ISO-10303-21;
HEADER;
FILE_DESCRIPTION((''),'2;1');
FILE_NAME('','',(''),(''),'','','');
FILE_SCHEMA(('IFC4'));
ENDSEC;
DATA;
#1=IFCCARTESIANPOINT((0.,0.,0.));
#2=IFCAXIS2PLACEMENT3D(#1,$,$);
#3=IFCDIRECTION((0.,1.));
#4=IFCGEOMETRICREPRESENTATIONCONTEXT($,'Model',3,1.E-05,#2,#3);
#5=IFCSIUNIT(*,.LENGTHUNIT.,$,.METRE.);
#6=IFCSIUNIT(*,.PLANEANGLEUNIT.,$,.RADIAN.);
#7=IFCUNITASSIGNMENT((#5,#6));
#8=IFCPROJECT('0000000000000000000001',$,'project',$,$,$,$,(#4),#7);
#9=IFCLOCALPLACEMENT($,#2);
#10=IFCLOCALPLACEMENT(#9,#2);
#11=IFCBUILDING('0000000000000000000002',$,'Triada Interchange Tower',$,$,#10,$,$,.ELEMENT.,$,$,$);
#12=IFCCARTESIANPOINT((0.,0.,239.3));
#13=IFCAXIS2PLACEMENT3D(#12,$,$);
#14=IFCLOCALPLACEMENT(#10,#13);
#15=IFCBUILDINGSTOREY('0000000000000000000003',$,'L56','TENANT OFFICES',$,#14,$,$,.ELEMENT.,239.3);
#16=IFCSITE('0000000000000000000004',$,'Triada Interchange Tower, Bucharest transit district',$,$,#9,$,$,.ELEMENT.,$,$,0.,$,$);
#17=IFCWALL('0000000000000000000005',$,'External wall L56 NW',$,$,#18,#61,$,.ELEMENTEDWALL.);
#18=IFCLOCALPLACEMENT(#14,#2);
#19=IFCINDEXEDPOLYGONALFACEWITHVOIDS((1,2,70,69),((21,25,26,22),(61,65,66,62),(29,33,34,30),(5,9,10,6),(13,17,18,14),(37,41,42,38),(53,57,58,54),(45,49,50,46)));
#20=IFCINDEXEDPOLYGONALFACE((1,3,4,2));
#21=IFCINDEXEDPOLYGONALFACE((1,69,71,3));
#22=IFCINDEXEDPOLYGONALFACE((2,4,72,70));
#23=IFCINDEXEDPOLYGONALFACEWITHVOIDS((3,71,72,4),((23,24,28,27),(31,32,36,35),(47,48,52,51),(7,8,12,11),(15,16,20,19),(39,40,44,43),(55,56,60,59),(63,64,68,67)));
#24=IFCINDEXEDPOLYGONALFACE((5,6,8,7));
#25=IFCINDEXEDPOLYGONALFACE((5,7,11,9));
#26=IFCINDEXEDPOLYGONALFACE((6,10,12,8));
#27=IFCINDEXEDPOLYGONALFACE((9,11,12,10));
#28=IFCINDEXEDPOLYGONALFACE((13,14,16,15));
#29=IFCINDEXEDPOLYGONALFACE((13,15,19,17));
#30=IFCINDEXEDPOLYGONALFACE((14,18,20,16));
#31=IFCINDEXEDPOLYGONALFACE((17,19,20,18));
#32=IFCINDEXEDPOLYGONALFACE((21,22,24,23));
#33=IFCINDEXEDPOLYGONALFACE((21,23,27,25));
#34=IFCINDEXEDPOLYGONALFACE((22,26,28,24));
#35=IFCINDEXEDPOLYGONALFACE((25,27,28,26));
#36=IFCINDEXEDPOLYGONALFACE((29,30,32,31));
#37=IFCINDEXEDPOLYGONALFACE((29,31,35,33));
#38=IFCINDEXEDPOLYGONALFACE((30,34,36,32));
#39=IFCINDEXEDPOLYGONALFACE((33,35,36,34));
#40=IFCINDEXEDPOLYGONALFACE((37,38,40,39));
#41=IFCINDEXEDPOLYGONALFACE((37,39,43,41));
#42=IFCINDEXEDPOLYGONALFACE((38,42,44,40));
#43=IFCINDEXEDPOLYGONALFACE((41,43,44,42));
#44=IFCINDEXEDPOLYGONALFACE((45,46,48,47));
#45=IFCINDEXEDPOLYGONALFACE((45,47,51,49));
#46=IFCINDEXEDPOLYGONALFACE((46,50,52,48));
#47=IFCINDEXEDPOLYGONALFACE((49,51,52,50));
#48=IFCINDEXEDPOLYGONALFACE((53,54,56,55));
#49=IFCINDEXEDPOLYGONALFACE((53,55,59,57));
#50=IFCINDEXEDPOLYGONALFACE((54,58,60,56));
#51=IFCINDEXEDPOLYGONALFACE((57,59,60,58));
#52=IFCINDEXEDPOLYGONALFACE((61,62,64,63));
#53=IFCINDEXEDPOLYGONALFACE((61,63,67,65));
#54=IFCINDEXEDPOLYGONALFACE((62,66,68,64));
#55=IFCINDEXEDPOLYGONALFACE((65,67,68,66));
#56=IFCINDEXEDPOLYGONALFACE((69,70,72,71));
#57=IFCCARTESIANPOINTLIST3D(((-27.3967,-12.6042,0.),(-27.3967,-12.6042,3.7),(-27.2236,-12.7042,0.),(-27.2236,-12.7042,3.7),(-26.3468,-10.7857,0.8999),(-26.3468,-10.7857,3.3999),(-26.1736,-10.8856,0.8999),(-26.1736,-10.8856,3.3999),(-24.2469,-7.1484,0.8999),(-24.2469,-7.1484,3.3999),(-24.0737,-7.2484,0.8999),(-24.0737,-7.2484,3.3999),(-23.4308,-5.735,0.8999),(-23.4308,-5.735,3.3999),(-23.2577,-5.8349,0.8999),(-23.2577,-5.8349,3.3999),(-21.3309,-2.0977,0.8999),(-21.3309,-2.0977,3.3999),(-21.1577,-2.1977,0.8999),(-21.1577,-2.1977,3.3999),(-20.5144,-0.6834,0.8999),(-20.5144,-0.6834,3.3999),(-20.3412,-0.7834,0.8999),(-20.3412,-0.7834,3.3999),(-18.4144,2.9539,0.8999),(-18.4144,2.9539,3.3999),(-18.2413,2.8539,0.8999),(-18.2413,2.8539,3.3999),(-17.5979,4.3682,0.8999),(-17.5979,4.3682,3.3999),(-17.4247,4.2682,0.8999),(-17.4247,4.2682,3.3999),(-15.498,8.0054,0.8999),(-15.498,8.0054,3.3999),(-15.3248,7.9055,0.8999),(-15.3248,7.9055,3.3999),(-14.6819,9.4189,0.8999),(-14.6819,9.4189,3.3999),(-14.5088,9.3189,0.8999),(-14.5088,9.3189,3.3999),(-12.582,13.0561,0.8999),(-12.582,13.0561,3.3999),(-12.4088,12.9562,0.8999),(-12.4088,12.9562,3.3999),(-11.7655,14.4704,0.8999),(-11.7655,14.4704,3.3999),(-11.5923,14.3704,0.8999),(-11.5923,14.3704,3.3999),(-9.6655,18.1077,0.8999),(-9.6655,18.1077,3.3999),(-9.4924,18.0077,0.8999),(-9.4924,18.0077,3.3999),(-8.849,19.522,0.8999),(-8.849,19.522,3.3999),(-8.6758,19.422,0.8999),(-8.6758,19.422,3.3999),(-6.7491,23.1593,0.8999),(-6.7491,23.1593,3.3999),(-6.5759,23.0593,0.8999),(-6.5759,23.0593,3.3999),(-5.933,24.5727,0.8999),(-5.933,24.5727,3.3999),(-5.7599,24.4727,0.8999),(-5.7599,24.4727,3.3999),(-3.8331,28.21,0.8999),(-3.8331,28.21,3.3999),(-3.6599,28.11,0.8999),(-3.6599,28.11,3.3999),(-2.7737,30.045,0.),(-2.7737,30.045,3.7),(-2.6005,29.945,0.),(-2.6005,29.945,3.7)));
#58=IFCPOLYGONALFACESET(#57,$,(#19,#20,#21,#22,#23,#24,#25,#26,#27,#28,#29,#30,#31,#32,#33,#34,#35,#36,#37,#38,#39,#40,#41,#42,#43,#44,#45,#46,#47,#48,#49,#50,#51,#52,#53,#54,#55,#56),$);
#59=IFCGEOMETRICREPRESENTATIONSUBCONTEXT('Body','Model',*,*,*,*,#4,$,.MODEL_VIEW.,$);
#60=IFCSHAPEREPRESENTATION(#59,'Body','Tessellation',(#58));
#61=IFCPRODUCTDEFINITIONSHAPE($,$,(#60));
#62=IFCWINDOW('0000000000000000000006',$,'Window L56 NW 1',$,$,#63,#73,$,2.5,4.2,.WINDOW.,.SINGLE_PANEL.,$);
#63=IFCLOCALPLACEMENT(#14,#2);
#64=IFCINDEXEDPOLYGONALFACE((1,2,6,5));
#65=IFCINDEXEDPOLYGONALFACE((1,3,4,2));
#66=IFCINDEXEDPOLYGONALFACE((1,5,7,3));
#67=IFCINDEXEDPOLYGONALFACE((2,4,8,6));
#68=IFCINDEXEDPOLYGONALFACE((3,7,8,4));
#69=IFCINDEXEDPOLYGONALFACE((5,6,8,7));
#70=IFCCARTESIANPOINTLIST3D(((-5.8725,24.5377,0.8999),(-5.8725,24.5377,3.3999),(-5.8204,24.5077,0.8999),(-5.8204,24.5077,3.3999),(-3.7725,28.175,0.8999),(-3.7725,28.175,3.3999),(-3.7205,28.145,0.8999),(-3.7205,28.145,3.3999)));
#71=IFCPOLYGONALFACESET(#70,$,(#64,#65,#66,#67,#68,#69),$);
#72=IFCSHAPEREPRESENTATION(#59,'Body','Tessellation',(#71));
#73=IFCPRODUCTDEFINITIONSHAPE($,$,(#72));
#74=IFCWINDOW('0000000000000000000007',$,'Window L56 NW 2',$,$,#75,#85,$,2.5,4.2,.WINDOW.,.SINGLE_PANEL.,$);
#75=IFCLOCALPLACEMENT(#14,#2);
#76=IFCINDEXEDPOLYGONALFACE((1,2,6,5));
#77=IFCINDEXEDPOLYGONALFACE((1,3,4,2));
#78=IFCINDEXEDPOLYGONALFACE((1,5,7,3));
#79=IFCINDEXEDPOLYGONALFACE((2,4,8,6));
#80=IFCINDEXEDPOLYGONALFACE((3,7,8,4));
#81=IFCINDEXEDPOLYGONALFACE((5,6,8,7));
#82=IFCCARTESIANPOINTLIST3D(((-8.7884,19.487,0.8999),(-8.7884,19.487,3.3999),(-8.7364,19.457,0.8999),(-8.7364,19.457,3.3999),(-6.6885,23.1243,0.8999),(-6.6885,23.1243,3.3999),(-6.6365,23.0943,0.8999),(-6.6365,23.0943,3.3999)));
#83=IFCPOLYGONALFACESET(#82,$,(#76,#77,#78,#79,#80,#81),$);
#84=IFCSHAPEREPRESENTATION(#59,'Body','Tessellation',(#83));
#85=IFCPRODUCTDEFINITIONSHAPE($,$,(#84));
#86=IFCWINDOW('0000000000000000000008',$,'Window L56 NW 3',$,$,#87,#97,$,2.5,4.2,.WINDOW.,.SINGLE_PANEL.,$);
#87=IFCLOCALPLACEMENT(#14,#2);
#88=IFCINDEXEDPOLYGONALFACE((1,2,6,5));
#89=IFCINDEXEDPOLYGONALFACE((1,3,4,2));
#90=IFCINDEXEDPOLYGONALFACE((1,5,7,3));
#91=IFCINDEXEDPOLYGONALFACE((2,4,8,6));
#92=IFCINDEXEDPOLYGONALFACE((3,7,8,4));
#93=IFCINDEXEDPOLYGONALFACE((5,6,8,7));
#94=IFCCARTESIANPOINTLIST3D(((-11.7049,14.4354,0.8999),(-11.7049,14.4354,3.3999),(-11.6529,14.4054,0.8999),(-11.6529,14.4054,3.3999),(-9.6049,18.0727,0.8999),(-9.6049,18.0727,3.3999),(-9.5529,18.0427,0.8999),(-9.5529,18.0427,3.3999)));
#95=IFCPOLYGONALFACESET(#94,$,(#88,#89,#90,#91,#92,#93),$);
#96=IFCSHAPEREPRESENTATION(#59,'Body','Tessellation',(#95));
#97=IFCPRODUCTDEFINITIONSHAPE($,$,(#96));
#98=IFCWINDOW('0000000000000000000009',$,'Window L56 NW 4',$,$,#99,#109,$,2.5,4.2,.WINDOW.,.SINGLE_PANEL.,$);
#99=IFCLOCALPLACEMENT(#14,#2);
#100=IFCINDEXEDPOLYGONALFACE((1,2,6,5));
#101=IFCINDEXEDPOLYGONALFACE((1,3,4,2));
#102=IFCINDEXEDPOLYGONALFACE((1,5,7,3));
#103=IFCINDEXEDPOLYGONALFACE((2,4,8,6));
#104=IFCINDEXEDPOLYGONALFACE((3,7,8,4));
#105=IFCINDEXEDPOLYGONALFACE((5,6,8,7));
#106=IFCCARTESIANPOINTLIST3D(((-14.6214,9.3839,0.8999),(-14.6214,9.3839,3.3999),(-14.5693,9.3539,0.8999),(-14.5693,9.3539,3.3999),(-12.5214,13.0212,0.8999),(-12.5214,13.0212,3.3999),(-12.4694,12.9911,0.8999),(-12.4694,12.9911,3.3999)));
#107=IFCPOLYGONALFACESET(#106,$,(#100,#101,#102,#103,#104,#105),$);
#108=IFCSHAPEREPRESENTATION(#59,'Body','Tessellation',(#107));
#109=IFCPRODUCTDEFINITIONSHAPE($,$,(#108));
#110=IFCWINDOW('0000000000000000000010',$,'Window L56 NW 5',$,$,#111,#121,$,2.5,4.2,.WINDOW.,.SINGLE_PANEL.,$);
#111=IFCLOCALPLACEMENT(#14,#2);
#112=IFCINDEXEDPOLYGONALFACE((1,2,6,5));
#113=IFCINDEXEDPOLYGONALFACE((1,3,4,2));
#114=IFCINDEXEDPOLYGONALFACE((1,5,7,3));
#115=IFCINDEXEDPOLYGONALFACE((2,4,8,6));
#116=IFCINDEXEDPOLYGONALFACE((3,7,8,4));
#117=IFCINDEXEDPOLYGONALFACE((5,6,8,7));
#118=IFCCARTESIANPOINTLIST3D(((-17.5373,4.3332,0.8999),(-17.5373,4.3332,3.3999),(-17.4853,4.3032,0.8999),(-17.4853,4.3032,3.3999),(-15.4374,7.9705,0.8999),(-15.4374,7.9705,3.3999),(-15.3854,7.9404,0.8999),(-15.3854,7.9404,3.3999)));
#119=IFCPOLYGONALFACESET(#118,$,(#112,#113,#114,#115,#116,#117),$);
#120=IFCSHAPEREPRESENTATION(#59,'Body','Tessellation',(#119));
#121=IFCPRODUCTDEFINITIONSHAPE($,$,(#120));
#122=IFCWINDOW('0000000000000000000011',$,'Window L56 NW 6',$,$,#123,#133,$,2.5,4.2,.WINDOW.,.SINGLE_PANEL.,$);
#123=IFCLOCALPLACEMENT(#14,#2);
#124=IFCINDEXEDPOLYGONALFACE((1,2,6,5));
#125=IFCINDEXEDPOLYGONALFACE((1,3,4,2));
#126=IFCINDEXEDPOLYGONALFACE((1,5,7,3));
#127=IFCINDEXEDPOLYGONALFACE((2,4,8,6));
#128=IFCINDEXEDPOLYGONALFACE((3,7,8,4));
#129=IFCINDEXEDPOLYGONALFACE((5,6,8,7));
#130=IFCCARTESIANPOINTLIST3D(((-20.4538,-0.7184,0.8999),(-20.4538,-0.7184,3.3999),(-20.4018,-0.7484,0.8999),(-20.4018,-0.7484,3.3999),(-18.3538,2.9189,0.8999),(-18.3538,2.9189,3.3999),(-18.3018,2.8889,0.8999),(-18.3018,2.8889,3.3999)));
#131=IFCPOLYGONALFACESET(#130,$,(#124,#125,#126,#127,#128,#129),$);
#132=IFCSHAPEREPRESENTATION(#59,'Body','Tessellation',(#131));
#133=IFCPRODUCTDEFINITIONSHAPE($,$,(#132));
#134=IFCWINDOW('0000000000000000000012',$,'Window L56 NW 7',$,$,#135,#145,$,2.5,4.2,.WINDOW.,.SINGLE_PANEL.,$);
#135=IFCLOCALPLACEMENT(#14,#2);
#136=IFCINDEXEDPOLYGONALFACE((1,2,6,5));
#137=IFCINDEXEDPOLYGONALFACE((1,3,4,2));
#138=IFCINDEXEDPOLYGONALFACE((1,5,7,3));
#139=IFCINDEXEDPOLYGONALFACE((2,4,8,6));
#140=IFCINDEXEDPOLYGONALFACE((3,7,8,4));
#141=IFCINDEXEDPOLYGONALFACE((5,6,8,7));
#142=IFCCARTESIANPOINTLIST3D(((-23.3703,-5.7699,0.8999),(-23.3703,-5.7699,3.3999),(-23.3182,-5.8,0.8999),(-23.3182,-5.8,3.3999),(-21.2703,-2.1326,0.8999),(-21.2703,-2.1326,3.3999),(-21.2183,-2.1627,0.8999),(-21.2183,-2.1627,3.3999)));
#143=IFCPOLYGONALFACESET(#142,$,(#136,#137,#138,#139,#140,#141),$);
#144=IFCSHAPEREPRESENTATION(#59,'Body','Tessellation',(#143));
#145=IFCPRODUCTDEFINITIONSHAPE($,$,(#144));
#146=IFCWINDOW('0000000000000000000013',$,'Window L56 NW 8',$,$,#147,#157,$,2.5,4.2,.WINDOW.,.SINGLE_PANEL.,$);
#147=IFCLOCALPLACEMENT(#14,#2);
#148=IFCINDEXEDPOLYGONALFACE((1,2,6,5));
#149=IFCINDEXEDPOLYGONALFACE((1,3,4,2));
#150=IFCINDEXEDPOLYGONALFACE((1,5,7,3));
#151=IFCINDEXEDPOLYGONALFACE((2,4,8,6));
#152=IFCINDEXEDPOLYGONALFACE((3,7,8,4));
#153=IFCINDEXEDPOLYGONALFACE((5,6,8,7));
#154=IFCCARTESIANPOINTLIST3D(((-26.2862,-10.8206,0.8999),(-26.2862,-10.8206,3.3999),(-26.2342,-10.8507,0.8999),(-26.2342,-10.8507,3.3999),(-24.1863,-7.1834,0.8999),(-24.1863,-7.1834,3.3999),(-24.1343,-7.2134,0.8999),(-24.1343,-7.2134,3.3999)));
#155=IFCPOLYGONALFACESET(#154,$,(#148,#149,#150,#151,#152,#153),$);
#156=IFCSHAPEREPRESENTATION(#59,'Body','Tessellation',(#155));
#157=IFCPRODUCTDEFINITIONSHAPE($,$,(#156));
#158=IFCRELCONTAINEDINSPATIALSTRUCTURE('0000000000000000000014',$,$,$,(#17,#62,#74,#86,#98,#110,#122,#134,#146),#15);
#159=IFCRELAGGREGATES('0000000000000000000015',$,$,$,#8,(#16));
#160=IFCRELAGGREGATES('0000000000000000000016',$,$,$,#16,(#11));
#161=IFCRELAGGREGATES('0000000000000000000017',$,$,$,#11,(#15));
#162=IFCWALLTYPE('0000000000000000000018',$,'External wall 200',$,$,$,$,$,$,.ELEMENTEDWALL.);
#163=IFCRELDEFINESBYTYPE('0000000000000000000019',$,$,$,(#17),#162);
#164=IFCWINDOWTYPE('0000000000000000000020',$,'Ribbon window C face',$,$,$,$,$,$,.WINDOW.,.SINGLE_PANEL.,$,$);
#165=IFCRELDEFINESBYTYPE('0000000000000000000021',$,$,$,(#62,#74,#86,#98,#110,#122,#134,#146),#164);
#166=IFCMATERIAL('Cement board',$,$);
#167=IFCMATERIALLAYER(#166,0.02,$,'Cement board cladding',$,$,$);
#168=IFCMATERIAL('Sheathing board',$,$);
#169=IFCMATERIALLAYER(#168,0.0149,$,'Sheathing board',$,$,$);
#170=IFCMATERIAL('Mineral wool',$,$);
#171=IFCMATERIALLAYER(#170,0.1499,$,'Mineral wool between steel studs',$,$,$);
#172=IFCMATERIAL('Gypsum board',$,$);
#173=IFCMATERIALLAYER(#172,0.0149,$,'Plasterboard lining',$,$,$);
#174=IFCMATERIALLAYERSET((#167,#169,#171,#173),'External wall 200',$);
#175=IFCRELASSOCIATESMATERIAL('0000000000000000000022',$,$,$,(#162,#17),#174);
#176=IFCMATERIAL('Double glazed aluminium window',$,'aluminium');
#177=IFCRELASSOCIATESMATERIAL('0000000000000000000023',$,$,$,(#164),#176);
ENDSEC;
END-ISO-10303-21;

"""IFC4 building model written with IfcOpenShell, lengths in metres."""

from ifc_helpers import new_model, si_unit, direction, frame, frame_2d, origin, place, context, subcontext, project, spatial, rectangle, extrude, material, layer, layer_set, layer_usage, type_object, element, fill, save


model = new_model("IFC4")

# Units and contexts
model_context = context("Model", 3, precision=1e-05, world=origin(), true_north=direction((0.0, 1.0)))
body_context = subcontext(model_context, "Body", "Model", "MODEL_VIEW")
ifc_project = project(units=[si_unit("LENGTHUNIT", "METRE"), si_unit("PLANEANGLEUNIT", "RADIAN")], contexts=[model_context])

# Site, building, storey
site_placement = place(None, origin())
site = spatial("IfcSite", under=ifc_project, at=site_placement, Name="Triada Interchange Tower, Bucharest transit district", CompositionType="ELEMENT", RefElevation=0.0)
building_placement = place(site_placement, origin())
building = spatial("IfcBuilding", under=site, at=building_placement, Name="Triada Interchange Tower", CompositionType="ELEMENT")
storey_placement = place(building_placement, frame((0.0, 0.0, 239.3)))
storey = spatial("IfcBuildingStorey", under=building, at=storey_placement, Name="L56", Description="TENANT OFFICES", CompositionType="ELEMENT", Elevation=239.3)

# Wall, openings, windows
ifc_material_1 = material(Name="Cement board")
ifc_layer_1 = layer(ifc_material_1, 0.02, Name="Cement board cladding")
ifc_material_2 = material(Name="Sheathing board")
ifc_layer_2 = layer(ifc_material_2, 0.0149, Name="Sheathing board")
ifc_material_3 = material(Name="Mineral wool")
ifc_layer_3 = layer(ifc_material_3, 0.1499, Name="Mineral wool between steel studs")
ifc_material_4 = material(Name="Gypsum board")
ifc_layer_4 = layer(ifc_material_4, 0.0149, Name="Plasterboard lining")
ifc_layer_set_1 = layer_set([ifc_layer_1, ifc_layer_2, ifc_layer_3, ifc_layer_4], Name="External wall 200")
ifc_layer_usage = layer_usage(ifc_layer_set_1, "AXIS2", "POSITIVE", -0.1001)
wall_type_1 = type_object("IfcWallType", Name="External wall 200", PredefinedType="ELEMENTEDWALL", material=ifc_layer_set_1)
wall_1_placement = place(storey_placement, frame((-2.687, 29.9951, 0.0), z_axis=(0.0, 0.0, 1.0), x_axis=(-0.499993, -0.866029, 0.0)))
wall_1 = element("IfcWall", 1, at=wall_1_placement, inside=storey, type_object=wall_type_1, material=ifc_layer_usage, Name="External wall L56 NW", PredefinedType="ELEMENTEDWALL", context=body_context, shape_type="SweptSolid", body=[
    extrude(rectangle(XDim=49.2468, YDim=0.2, at=frame_2d((24.6235, 0.0))), origin(), (0.0, 0.0, 1.0), 3.7),
])
opening_1_placement = place(wall_1_placement, frame((2.1189, 0.0, 0.8999)))
opening_1 = element("IfcOpeningElement", 2, at=opening_1_placement, cuts=wall_1, PredefinedType="OPENING", context=body_context, shape_type="SweptSolid", body=[
    extrude(rectangle(XDim=4.2, YDim=2.5, at=frame_2d((2.1001, 1.25))), frame((0.0, 0.1099, 0.0), z_axis=(0.0, -1.0, 0.0), x_axis=(1.0, 0.0, 0.0)), (0.0, 0.0, 1.0), 0.22),
])
opening_2_placement = place(wall_1_placement, frame((7.9509, 0.0, 0.8999)))
opening_2 = element("IfcOpeningElement", 3, at=opening_2_placement, cuts=wall_1, PredefinedType="OPENING", context=body_context, shape_type="SweptSolid", body=[
    extrude(rectangle(XDim=4.2, YDim=2.5, at=frame_2d((2.1001, 1.25))), frame((0.0, 0.1099, 0.0), z_axis=(0.0, -1.0, 0.0), x_axis=(1.0, 0.0, 0.0)), (0.0, 0.0, 1.0), 0.22),
])
opening_3_placement = place(wall_1_placement, frame((13.7839, 0.0, 0.8999)))
opening_3 = element("IfcOpeningElement", 4, at=opening_3_placement, cuts=wall_1, PredefinedType="OPENING", context=body_context, shape_type="SweptSolid", body=[
    extrude(rectangle(XDim=4.2, YDim=2.5, at=frame_2d((2.1001, 1.25))), frame((0.0, 0.1099, 0.0), z_axis=(0.0, -1.0, 0.0), x_axis=(1.0, 0.0, 0.0)), (0.0, 0.0, 1.0), 0.22),
])
opening_4_placement = place(wall_1_placement, frame((19.6169, 0.0, 0.8999)))
opening_4 = element("IfcOpeningElement", 5, at=opening_4_placement, cuts=wall_1, PredefinedType="OPENING", context=body_context, shape_type="SweptSolid", body=[
    extrude(rectangle(XDim=4.2, YDim=2.5, at=frame_2d((2.1001, 1.25))), frame((0.0, 0.1099, 0.0), z_axis=(0.0, -1.0, 0.0), x_axis=(1.0, 0.0, 0.0)), (0.0, 0.0, 1.0), 0.22),
])
opening_5_placement = place(wall_1_placement, frame((25.449, 0.0, 0.8999)))
opening_5 = element("IfcOpeningElement", 6, at=opening_5_placement, cuts=wall_1, PredefinedType="OPENING", context=body_context, shape_type="SweptSolid", body=[
    extrude(rectangle(XDim=4.2, YDim=2.5, at=frame_2d((2.1001, 1.25))), frame((0.0, 0.1099, 0.0), z_axis=(0.0, -1.0, 0.0), x_axis=(1.0, 0.0, 0.0)), (0.0, 0.0, 1.0), 0.22),
])
opening_6_placement = place(wall_1_placement, frame((31.282, 0.0, 0.8999)))
opening_6 = element("IfcOpeningElement", 7, at=opening_6_placement, cuts=wall_1, PredefinedType="OPENING", context=body_context, shape_type="SweptSolid", body=[
    extrude(rectangle(XDim=4.2, YDim=2.5, at=frame_2d((2.1001, 1.25))), frame((0.0, 0.1099, 0.0), z_axis=(0.0, -1.0, 0.0), x_axis=(1.0, 0.0, 0.0)), (0.0, 0.0, 1.0), 0.22),
])
opening_7_placement = place(wall_1_placement, frame((37.115, 0.0, 0.8999)))
opening_7 = element("IfcOpeningElement", 8, at=opening_7_placement, cuts=wall_1, PredefinedType="OPENING", context=body_context, shape_type="SweptSolid", body=[
    extrude(rectangle(XDim=4.2, YDim=2.5, at=frame_2d((2.1001, 1.25))), frame((0.0, 0.1099, 0.0), z_axis=(0.0, -1.0, 0.0), x_axis=(1.0, 0.0, 0.0)), (0.0, 0.0, 1.0), 0.22),
])
opening_8_placement = place(wall_1_placement, frame((42.947, 0.0, 0.8999)))
opening_8 = element("IfcOpeningElement", 9, at=opening_8_placement, cuts=wall_1, PredefinedType="OPENING", context=body_context, shape_type="SweptSolid", body=[
    extrude(rectangle(XDim=4.2, YDim=2.5, at=frame_2d((2.1001, 1.25))), frame((0.0, 0.1099, 0.0), z_axis=(0.0, -1.0, 0.0), x_axis=(1.0, 0.0, 0.0)), (0.0, 0.0, 1.0), 0.22),
])
ifc_material_5 = material(Name="Double glazed aluminium window", Category="aluminium")
window_type = type_object("IfcWindowType", Name="Ribbon window C face", PartitioningType="SINGLE_PANEL", PredefinedType="WINDOW", material=ifc_material_5)
window_1_placement = place(opening_1_placement, origin())
window_1 = element("IfcWindow", 10, at=window_1_placement, inside=storey, type_object=window_type, Name="Window L56 NW 1", OverallHeight=2.5, OverallWidth=4.2, PartitioningType="SINGLE_PANEL", PredefinedType="WINDOW", context=body_context, shape_type="SweptSolid", body=[
    extrude(rectangle(XDim=4.2, YDim=2.5, at=frame_2d((2.1001, 1.25))), frame((0.0, 0.03, 0.0), z_axis=(0.0, -1.0, 0.0), x_axis=(1.0, 0.0, 0.0)), (0.0, 0.0, 1.0), 0.0601),
])
fill(opening_1, window_1)
window_2_placement = place(opening_2_placement, origin())
window_2 = element("IfcWindow", 11, at=window_2_placement, inside=storey, type_object=window_type, Name="Window L56 NW 2", OverallHeight=2.5, OverallWidth=4.2, PartitioningType="SINGLE_PANEL", PredefinedType="WINDOW", context=body_context, shape_type="SweptSolid", body=[
    extrude(rectangle(XDim=4.2, YDim=2.5, at=frame_2d((2.1001, 1.25))), frame((0.0, 0.03, 0.0), z_axis=(0.0, -1.0, 0.0), x_axis=(1.0, 0.0, 0.0)), (0.0, 0.0, 1.0), 0.0601),
])
fill(opening_2, window_2)
window_3_placement = place(opening_3_placement, origin())
window_3 = element("IfcWindow", 12, at=window_3_placement, inside=storey, type_object=window_type, Name="Window L56 NW 3", OverallHeight=2.5, OverallWidth=4.2, PartitioningType="SINGLE_PANEL", PredefinedType="WINDOW", context=body_context, shape_type="SweptSolid", body=[
    extrude(rectangle(XDim=4.2, YDim=2.5, at=frame_2d((2.1001, 1.25))), frame((0.0, 0.03, 0.0), z_axis=(0.0, -1.0, 0.0), x_axis=(1.0, 0.0, 0.0)), (0.0, 0.0, 1.0), 0.0601),
])
fill(opening_3, window_3)
window_4_placement = place(opening_4_placement, origin())
window_4 = element("IfcWindow", 13, at=window_4_placement, inside=storey, type_object=window_type, Name="Window L56 NW 4", OverallHeight=2.5, OverallWidth=4.2, PartitioningType="SINGLE_PANEL", PredefinedType="WINDOW", context=body_context, shape_type="SweptSolid", body=[
    extrude(rectangle(XDim=4.2, YDim=2.5, at=frame_2d((2.1001, 1.25))), frame((0.0, 0.03, 0.0), z_axis=(0.0, -1.0, 0.0), x_axis=(1.0, 0.0, 0.0)), (0.0, 0.0, 1.0), 0.0601),
])
fill(opening_4, window_4)
window_5_placement = place(opening_5_placement, origin())
window_5 = element("IfcWindow", 14, at=window_5_placement, inside=storey, type_object=window_type, Name="Window L56 NW 5", OverallHeight=2.5, OverallWidth=4.2, PartitioningType="SINGLE_PANEL", PredefinedType="WINDOW", context=body_context, shape_type="SweptSolid", body=[
    extrude(rectangle(XDim=4.2, YDim=2.5, at=frame_2d((2.1001, 1.25))), frame((0.0, 0.03, 0.0), z_axis=(0.0, -1.0, 0.0), x_axis=(1.0, 0.0, 0.0)), (0.0, 0.0, 1.0), 0.0601),
])
fill(opening_5, window_5)
window_6_placement = place(opening_6_placement, origin())
window_6 = element("IfcWindow", 15, at=window_6_placement, inside=storey, type_object=window_type, Name="Window L56 NW 6", OverallHeight=2.5, OverallWidth=4.2, PartitioningType="SINGLE_PANEL", PredefinedType="WINDOW", context=body_context, shape_type="SweptSolid", body=[
    extrude(rectangle(XDim=4.2, YDim=2.5, at=frame_2d((2.1001, 1.25))), frame((0.0, 0.03, 0.0), z_axis=(0.0, -1.0, 0.0), x_axis=(1.0, 0.0, 0.0)), (0.0, 0.0, 1.0), 0.0601),
])
fill(opening_6, window_6)
window_7_placement = place(opening_7_placement, origin())
window_7 = element("IfcWindow", 16, at=window_7_placement, inside=storey, type_object=window_type, Name="Window L56 NW 7", OverallHeight=2.5, OverallWidth=4.2, PartitioningType="SINGLE_PANEL", PredefinedType="WINDOW", context=body_context, shape_type="SweptSolid", body=[
    extrude(rectangle(XDim=4.2, YDim=2.5, at=frame_2d((2.1001, 1.25))), frame((0.0, 0.03, 0.0), z_axis=(0.0, -1.0, 0.0), x_axis=(1.0, 0.0, 0.0)), (0.0, 0.0, 1.0), 0.0601),
])
fill(opening_7, window_7)
window_8_placement = place(opening_8_placement, origin())
window_8 = element("IfcWindow", 17, at=window_8_placement, inside=storey, type_object=window_type, Name="Window L56 NW 8", OverallHeight=2.5, OverallWidth=4.2, PartitioningType="SINGLE_PANEL", PredefinedType="WINDOW", context=body_context, shape_type="SweptSolid", body=[
    extrude(rectangle(XDim=4.2, YDim=2.5, at=frame_2d((2.1001, 1.25))), frame((0.0, 0.03, 0.0), z_axis=(0.0, -1.0, 0.0), x_axis=(1.0, 0.0, 0.0)), (0.0, 0.0, 1.0), 0.0601),
])
fill(opening_8, window_8)

save(model, "model.ifc")
